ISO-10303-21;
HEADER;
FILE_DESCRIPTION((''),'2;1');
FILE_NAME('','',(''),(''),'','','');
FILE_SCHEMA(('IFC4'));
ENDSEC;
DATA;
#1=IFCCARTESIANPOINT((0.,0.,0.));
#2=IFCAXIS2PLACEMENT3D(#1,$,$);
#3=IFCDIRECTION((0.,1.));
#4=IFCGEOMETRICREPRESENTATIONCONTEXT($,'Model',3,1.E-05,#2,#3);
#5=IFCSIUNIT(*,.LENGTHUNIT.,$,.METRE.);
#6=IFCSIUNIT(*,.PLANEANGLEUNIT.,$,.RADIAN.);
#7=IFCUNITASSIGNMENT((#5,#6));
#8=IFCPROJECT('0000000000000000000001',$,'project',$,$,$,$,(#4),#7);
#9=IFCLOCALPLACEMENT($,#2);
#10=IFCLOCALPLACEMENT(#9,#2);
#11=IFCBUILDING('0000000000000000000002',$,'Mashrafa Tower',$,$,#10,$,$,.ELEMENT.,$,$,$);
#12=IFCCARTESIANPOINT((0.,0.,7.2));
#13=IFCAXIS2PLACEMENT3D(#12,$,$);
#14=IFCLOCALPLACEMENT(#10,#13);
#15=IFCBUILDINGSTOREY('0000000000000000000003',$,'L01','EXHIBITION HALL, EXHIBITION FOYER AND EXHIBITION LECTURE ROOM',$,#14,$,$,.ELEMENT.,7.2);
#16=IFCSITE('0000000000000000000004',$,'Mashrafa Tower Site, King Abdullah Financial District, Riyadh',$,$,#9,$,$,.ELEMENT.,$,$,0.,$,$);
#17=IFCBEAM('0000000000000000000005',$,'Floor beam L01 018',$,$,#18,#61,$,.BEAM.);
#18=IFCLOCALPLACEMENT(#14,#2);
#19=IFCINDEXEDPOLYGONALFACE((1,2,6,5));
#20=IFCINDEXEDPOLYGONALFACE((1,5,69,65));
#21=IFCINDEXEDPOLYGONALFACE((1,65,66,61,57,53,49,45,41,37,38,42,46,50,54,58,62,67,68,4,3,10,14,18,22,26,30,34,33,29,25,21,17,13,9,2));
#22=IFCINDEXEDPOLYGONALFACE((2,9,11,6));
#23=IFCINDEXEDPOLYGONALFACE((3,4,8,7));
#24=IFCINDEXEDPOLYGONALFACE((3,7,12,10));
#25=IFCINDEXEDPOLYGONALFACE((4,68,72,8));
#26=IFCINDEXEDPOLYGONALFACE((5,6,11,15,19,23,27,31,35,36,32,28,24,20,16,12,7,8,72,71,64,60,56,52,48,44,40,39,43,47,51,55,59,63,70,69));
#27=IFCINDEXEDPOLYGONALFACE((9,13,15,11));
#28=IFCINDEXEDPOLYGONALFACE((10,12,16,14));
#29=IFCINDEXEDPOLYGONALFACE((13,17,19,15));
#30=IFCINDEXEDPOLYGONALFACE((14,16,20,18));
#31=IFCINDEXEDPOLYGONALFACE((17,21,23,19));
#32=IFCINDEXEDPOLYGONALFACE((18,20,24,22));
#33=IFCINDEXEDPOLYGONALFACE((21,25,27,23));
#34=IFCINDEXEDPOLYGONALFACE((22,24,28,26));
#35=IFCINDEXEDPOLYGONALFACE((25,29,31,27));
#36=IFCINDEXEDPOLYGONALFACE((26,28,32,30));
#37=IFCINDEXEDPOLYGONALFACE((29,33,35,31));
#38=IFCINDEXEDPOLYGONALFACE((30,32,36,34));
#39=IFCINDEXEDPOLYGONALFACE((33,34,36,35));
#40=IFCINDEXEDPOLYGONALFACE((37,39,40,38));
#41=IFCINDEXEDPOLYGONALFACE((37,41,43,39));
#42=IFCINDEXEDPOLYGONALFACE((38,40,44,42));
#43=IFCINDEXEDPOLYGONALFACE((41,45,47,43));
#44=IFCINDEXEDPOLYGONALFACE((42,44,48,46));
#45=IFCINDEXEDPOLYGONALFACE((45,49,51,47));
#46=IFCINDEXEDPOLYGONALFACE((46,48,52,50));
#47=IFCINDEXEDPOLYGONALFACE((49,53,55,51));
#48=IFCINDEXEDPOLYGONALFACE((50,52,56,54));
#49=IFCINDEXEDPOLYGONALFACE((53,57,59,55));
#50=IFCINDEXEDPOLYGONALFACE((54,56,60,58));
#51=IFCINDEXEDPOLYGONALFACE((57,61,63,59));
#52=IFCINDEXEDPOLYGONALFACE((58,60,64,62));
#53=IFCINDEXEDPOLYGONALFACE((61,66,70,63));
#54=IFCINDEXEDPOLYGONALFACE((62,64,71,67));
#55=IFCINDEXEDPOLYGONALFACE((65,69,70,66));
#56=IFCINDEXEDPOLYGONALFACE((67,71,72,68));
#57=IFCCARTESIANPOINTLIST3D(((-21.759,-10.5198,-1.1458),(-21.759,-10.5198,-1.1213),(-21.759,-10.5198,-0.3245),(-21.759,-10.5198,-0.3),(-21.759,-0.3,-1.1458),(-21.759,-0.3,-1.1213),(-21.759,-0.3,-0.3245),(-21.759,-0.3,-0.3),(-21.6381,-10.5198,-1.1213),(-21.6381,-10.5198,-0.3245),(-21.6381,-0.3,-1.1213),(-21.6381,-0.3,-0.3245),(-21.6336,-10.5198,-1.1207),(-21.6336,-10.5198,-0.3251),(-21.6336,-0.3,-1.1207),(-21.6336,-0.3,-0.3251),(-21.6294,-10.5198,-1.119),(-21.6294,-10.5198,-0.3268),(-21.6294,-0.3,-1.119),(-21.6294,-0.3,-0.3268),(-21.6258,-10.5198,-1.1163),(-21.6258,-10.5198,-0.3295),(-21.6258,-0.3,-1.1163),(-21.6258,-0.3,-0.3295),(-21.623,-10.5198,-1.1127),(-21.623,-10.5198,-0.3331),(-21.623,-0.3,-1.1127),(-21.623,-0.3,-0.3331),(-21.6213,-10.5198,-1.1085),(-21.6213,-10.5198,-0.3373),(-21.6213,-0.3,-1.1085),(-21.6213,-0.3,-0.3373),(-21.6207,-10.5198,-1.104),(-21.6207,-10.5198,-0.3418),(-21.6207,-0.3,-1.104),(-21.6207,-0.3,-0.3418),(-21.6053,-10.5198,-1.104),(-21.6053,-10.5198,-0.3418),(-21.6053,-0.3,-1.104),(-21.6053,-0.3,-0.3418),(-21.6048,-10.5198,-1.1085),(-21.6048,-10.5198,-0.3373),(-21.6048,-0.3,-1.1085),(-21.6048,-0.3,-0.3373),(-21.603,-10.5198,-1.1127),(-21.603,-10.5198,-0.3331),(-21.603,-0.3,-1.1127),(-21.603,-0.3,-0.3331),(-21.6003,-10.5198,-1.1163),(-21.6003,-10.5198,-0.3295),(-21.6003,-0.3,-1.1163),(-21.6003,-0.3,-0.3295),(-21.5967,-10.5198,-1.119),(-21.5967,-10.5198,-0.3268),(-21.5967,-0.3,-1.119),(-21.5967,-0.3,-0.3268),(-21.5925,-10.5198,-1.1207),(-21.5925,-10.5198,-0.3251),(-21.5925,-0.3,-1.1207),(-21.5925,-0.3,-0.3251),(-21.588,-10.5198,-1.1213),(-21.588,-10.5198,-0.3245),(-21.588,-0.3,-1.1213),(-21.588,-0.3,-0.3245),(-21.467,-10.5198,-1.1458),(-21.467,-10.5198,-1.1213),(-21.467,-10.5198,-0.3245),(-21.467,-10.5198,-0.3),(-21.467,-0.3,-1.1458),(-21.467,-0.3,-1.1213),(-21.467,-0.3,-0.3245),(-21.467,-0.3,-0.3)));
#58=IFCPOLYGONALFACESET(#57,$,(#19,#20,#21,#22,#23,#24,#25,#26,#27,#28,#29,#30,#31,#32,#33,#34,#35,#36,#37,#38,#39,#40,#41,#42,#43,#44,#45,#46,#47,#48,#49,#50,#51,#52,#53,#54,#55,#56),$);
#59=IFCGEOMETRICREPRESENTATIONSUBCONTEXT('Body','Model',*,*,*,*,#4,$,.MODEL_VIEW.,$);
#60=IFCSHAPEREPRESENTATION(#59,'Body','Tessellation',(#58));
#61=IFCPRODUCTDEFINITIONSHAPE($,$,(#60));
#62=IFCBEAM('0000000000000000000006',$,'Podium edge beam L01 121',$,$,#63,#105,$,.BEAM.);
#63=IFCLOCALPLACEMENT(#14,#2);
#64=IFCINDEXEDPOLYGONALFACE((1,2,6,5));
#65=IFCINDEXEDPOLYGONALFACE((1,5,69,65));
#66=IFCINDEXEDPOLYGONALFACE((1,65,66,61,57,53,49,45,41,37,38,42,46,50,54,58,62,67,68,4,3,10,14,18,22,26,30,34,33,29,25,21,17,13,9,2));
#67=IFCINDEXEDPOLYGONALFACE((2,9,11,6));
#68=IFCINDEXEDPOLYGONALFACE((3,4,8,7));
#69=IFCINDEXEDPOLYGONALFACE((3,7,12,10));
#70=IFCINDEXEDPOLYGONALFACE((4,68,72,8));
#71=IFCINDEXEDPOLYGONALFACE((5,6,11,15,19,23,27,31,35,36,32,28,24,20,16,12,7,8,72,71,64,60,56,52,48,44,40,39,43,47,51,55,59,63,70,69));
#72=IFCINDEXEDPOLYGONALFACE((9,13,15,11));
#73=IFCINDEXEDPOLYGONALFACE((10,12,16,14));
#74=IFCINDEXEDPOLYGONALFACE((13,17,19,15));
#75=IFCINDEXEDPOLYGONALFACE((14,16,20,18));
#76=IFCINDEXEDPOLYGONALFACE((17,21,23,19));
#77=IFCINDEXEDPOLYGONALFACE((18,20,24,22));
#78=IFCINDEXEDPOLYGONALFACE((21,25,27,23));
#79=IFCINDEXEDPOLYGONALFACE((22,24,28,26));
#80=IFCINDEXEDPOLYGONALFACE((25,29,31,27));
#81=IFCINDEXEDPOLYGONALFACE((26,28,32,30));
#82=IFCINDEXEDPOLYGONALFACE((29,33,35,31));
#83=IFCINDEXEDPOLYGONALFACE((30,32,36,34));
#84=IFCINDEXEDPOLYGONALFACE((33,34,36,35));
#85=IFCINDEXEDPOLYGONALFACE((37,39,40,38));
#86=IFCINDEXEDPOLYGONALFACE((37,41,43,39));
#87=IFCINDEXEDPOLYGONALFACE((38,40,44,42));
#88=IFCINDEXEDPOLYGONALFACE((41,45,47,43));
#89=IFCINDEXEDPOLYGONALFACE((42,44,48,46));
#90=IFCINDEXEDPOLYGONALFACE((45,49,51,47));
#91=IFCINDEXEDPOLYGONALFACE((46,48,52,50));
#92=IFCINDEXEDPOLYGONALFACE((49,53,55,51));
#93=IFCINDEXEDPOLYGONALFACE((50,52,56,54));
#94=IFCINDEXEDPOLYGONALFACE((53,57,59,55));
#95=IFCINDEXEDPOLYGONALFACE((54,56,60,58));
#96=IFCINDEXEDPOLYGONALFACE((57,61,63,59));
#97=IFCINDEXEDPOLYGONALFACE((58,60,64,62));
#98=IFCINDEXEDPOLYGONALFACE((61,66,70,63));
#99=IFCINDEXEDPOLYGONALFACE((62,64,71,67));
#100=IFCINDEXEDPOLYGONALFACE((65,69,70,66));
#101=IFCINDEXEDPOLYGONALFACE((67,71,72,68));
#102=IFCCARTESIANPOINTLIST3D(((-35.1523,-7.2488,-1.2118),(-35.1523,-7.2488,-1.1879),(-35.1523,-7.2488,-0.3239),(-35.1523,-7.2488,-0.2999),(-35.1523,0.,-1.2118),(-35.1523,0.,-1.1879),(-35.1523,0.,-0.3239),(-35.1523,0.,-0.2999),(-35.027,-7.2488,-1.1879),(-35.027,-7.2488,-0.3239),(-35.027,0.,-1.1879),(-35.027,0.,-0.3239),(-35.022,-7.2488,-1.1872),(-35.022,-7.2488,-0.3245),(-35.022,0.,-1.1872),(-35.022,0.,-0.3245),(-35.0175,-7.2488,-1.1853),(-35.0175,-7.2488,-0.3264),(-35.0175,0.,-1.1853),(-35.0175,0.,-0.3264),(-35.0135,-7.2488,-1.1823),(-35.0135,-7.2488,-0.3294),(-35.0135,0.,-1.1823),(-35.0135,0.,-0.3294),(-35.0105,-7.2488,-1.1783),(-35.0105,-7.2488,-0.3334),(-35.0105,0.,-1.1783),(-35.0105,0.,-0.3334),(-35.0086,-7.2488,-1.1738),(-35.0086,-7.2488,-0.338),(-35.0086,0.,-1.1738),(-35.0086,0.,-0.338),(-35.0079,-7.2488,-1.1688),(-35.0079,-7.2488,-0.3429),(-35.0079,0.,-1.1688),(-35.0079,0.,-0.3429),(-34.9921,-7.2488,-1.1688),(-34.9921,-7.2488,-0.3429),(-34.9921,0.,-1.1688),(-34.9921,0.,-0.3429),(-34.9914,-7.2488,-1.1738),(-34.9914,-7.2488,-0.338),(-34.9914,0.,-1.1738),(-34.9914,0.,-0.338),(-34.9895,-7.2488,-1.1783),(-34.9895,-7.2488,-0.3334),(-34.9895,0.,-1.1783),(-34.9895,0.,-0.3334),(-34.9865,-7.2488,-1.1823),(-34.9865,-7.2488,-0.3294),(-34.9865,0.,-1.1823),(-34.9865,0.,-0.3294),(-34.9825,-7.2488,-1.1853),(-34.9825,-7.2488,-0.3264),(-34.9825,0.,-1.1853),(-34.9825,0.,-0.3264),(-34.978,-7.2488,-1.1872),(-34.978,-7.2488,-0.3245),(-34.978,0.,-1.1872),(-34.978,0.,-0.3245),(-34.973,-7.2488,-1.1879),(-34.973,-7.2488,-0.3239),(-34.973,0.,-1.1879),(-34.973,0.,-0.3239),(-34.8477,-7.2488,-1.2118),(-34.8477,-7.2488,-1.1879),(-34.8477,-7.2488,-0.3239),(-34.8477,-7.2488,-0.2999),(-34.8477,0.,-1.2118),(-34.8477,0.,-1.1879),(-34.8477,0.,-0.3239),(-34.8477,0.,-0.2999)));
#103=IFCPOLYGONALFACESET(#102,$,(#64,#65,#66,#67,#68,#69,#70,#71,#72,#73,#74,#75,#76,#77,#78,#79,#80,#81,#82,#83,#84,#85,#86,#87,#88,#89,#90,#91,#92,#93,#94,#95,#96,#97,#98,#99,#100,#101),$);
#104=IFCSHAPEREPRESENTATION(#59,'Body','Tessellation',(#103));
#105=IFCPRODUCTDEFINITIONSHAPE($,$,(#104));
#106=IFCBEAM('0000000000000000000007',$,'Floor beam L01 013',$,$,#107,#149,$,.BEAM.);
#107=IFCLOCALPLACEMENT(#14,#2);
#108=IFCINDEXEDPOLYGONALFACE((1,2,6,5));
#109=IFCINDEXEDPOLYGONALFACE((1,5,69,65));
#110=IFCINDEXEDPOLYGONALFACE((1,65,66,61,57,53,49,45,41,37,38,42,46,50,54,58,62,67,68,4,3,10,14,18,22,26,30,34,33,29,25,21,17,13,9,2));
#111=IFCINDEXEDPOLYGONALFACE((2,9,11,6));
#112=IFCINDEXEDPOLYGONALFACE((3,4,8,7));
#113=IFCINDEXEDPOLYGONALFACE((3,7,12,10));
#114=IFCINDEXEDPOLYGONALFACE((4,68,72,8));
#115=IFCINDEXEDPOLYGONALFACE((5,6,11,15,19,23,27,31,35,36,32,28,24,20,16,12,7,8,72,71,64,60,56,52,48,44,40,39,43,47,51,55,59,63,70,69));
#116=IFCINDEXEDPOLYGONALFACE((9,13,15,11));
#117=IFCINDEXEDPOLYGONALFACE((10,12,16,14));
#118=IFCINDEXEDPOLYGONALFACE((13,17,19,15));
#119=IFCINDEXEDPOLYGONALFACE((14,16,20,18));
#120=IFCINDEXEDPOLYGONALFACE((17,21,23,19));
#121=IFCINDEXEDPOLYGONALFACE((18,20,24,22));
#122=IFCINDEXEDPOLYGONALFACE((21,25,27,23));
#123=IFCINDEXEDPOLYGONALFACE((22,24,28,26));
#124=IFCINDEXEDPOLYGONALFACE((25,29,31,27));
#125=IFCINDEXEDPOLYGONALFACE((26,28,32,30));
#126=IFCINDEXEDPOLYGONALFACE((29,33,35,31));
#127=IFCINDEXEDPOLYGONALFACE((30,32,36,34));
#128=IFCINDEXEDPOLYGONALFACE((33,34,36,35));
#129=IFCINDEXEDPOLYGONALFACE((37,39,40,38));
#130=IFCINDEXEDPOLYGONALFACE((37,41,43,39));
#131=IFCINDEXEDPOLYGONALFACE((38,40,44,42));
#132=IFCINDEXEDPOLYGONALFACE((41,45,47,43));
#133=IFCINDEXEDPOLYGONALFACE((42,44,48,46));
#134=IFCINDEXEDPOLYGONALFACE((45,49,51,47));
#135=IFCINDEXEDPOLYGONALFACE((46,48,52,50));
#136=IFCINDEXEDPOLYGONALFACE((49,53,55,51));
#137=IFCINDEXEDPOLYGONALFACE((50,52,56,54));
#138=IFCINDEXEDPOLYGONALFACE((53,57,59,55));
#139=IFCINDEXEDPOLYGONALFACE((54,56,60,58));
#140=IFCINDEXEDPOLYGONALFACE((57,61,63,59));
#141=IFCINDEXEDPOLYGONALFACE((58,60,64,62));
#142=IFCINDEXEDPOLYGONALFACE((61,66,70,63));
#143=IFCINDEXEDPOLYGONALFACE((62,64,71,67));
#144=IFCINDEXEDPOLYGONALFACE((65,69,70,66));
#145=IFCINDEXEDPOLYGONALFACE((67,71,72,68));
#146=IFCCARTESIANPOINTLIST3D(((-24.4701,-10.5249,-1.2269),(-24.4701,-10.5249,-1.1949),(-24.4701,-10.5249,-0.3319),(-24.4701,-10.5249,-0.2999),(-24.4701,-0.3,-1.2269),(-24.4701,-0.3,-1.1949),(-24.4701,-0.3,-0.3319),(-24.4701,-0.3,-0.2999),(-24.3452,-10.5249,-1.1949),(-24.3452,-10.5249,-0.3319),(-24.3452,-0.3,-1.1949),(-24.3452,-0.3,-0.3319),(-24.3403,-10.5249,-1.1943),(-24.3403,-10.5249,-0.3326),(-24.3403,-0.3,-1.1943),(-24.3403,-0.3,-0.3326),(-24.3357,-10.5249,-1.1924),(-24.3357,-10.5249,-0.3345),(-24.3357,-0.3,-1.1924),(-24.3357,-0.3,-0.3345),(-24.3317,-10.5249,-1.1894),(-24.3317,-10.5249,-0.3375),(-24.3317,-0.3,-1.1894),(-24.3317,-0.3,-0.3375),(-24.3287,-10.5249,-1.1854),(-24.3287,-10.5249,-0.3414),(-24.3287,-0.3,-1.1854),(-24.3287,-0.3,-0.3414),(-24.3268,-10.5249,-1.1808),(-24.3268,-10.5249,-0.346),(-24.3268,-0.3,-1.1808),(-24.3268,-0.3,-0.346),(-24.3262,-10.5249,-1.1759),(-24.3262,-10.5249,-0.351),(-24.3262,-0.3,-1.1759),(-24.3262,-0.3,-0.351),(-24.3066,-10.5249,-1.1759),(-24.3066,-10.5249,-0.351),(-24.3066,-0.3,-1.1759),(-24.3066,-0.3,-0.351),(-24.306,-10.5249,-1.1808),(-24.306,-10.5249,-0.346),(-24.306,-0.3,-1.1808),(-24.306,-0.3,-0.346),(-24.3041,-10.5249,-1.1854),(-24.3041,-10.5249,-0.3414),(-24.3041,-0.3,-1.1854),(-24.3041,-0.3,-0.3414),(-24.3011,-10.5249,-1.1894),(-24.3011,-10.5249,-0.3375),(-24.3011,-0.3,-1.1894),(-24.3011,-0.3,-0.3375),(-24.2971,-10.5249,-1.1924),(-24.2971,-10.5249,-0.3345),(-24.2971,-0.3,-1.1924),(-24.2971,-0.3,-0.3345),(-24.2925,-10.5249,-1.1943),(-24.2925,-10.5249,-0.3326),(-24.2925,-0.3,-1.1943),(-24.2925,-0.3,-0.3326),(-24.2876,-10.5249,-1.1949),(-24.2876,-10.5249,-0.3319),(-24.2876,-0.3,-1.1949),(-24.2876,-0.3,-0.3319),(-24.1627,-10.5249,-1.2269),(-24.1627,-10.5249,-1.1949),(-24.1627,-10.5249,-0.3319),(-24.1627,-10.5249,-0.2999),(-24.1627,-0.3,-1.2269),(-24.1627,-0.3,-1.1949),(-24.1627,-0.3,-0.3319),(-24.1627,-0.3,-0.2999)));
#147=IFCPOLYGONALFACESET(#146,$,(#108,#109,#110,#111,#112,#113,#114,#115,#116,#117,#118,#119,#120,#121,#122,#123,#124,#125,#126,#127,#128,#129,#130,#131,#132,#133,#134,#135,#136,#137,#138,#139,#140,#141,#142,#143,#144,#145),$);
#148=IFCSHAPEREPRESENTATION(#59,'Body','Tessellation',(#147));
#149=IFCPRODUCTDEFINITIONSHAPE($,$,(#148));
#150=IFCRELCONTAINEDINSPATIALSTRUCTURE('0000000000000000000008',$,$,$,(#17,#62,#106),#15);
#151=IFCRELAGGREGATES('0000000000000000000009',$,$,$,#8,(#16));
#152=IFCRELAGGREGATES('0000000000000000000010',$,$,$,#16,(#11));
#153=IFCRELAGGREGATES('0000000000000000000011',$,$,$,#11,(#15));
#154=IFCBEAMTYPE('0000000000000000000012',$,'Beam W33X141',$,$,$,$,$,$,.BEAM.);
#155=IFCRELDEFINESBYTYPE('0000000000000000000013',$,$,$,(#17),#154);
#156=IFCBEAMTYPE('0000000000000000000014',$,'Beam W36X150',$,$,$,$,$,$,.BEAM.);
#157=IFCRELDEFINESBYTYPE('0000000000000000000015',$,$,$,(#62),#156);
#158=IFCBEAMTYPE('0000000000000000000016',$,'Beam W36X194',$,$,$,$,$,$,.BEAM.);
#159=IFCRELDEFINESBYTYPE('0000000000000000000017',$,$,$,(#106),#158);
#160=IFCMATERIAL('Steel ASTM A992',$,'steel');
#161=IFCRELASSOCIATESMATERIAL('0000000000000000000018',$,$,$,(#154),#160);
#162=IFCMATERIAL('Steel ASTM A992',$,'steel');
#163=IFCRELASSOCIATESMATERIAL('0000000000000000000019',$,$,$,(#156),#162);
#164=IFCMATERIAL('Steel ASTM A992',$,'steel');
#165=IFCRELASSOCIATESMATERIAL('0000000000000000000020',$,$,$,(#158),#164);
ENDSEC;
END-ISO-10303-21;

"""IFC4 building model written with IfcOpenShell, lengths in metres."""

from ifc_helpers import new_model, si_unit, direction, frame, origin, origin_2d, place, context, subcontext, project, spatial, i_section, extrude, material, material_profile, profile_set, type_object, element, save


model = new_model("IFC4")

# Units and contexts
model_context = context("Model", 3, precision=1e-05, world=origin(), true_north=direction((0.0, 1.0)))
body_context = subcontext(model_context, "Body", "Model", "MODEL_VIEW")
ifc_project = project(units=[si_unit("LENGTHUNIT", "METRE"), si_unit("PLANEANGLEUNIT", "RADIAN")], contexts=[model_context])

# Site, building, storey
site_placement = place(None, origin())
site = spatial("IfcSite", under=ifc_project, at=site_placement, Name="Mashrafa Tower Site, King Abdullah Financial District, Riyadh", CompositionType="ELEMENT", RefElevation=0.0)
building_placement = place(site_placement, origin())
building = spatial("IfcBuilding", under=site, at=building_placement, Name="Mashrafa Tower", CompositionType="ELEMENT")
storey_placement = place(building_placement, frame((0.0, 0.0, 7.2)))
storey = spatial("IfcBuildingStorey", under=building, at=storey_placement, Name="L01", Description="EXHIBITION HALL, EXHIBITION FOYER AND EXHIBITION LECTURE ROOM", CompositionType="ELEMENT", Elevation=7.2)

# Beams
ifc_material_1 = material(Name="Steel ASTM A992", Category="steel")
ifc_material_profile_1 = material_profile(ifc_material_1, i_section(OverallWidth=0.292, OverallDepth=0.8457, WebThickness=0.0154, FlangeThickness=0.0244, FilletRadius=0.0173, at=origin_2d()), Name="W33X141")
ifc_profile_set_1 = profile_set([ifc_material_profile_1], Name="Steel ASTM A992")
beam_type_1 = type_object("IfcBeamType", Name="Beam W33X141", PredefinedType="BEAM", material=ifc_profile_set_1)
beam_1_placement = place(storey_placement, frame((-21.613, -10.5198, -0.7229), z_axis=(0.0, 1.0, 0.0), x_axis=(-1.0, 0.0, 0.0)))
element("IfcBeam", 1, at=beam_1_placement, inside=storey, type_object=beam_type_1, Name="Floor beam L01 018", PredefinedType="BEAM", context=body_context, shape_type="SweptSolid", body=[
    extrude(i_section(OverallWidth=0.292, OverallDepth=0.8457, WebThickness=0.0154, FlangeThickness=0.0244, FilletRadius=0.0173, at=origin_2d()), origin(), (0.0, 0.0, 1.0), 10.2197),
])
ifc_material_2 = material(Name="Steel ASTM A992", Category="steel")
ifc_material_profile_2 = material_profile(ifc_material_2, i_section(OverallWidth=0.3047, OverallDepth=0.9119, WebThickness=0.0159, FlangeThickness=0.0239, FilletRadius=0.019, at=origin_2d()), Name="W36X150")
ifc_profile_set_2 = profile_set([ifc_material_profile_2], Name="Steel ASTM A992")
beam_type_2 = type_object("IfcBeamType", Name="Beam W36X150", PredefinedType="BEAM", material=ifc_profile_set_2)
beam_2_placement = place(storey_placement, frame((-35.0, 0.0, -0.7559), z_axis=(0.0, -1.0, 0.0), x_axis=(1.0, 0.0, 0.0)))
element("IfcBeam", 2, at=beam_2_placement, inside=storey, type_object=beam_type_2, Name="Podium edge beam L01 121", PredefinedType="BEAM", context=body_context, shape_type="SweptSolid", body=[
    extrude(i_section(OverallWidth=0.3047, OverallDepth=0.9119, WebThickness=0.0159, FlangeThickness=0.0239, FilletRadius=0.019, at=origin_2d()), origin(), (0.0, 0.0, 1.0), 7.2488),
])
ifc_material_3 = material(Name="Steel ASTM A992", Category="steel")
ifc_material_profile_3 = material_profile(ifc_material_3, i_section(OverallWidth=0.3074, OverallDepth=0.927, WebThickness=0.0195, FlangeThickness=0.032, FilletRadius=0.019, at=origin_2d()), Name="W36X194")
ifc_profile_set_3 = profile_set([ifc_material_profile_3], Name="Steel ASTM A992")
beam_type_3 = type_object("IfcBeamType", Name="Beam W36X194", PredefinedType="BEAM", material=ifc_profile_set_3)
beam_3_placement = place(storey_placement, frame((-24.3164, -10.5249, -0.7634), z_axis=(0.0, 1.0, 0.0), x_axis=(-1.0, 0.0, 0.0)))
element("IfcBeam", 3, at=beam_3_placement, inside=storey, type_object=beam_type_3, Name="Floor beam L01 013", PredefinedType="BEAM", context=body_context, shape_type="SweptSolid", body=[
    extrude(i_section(OverallWidth=0.3074, OverallDepth=0.927, WebThickness=0.0195, FlangeThickness=0.032, FilletRadius=0.019, at=origin_2d()), origin(), (0.0, 0.0, 1.0), 10.2249),
])

save(model, "model.ifc")
